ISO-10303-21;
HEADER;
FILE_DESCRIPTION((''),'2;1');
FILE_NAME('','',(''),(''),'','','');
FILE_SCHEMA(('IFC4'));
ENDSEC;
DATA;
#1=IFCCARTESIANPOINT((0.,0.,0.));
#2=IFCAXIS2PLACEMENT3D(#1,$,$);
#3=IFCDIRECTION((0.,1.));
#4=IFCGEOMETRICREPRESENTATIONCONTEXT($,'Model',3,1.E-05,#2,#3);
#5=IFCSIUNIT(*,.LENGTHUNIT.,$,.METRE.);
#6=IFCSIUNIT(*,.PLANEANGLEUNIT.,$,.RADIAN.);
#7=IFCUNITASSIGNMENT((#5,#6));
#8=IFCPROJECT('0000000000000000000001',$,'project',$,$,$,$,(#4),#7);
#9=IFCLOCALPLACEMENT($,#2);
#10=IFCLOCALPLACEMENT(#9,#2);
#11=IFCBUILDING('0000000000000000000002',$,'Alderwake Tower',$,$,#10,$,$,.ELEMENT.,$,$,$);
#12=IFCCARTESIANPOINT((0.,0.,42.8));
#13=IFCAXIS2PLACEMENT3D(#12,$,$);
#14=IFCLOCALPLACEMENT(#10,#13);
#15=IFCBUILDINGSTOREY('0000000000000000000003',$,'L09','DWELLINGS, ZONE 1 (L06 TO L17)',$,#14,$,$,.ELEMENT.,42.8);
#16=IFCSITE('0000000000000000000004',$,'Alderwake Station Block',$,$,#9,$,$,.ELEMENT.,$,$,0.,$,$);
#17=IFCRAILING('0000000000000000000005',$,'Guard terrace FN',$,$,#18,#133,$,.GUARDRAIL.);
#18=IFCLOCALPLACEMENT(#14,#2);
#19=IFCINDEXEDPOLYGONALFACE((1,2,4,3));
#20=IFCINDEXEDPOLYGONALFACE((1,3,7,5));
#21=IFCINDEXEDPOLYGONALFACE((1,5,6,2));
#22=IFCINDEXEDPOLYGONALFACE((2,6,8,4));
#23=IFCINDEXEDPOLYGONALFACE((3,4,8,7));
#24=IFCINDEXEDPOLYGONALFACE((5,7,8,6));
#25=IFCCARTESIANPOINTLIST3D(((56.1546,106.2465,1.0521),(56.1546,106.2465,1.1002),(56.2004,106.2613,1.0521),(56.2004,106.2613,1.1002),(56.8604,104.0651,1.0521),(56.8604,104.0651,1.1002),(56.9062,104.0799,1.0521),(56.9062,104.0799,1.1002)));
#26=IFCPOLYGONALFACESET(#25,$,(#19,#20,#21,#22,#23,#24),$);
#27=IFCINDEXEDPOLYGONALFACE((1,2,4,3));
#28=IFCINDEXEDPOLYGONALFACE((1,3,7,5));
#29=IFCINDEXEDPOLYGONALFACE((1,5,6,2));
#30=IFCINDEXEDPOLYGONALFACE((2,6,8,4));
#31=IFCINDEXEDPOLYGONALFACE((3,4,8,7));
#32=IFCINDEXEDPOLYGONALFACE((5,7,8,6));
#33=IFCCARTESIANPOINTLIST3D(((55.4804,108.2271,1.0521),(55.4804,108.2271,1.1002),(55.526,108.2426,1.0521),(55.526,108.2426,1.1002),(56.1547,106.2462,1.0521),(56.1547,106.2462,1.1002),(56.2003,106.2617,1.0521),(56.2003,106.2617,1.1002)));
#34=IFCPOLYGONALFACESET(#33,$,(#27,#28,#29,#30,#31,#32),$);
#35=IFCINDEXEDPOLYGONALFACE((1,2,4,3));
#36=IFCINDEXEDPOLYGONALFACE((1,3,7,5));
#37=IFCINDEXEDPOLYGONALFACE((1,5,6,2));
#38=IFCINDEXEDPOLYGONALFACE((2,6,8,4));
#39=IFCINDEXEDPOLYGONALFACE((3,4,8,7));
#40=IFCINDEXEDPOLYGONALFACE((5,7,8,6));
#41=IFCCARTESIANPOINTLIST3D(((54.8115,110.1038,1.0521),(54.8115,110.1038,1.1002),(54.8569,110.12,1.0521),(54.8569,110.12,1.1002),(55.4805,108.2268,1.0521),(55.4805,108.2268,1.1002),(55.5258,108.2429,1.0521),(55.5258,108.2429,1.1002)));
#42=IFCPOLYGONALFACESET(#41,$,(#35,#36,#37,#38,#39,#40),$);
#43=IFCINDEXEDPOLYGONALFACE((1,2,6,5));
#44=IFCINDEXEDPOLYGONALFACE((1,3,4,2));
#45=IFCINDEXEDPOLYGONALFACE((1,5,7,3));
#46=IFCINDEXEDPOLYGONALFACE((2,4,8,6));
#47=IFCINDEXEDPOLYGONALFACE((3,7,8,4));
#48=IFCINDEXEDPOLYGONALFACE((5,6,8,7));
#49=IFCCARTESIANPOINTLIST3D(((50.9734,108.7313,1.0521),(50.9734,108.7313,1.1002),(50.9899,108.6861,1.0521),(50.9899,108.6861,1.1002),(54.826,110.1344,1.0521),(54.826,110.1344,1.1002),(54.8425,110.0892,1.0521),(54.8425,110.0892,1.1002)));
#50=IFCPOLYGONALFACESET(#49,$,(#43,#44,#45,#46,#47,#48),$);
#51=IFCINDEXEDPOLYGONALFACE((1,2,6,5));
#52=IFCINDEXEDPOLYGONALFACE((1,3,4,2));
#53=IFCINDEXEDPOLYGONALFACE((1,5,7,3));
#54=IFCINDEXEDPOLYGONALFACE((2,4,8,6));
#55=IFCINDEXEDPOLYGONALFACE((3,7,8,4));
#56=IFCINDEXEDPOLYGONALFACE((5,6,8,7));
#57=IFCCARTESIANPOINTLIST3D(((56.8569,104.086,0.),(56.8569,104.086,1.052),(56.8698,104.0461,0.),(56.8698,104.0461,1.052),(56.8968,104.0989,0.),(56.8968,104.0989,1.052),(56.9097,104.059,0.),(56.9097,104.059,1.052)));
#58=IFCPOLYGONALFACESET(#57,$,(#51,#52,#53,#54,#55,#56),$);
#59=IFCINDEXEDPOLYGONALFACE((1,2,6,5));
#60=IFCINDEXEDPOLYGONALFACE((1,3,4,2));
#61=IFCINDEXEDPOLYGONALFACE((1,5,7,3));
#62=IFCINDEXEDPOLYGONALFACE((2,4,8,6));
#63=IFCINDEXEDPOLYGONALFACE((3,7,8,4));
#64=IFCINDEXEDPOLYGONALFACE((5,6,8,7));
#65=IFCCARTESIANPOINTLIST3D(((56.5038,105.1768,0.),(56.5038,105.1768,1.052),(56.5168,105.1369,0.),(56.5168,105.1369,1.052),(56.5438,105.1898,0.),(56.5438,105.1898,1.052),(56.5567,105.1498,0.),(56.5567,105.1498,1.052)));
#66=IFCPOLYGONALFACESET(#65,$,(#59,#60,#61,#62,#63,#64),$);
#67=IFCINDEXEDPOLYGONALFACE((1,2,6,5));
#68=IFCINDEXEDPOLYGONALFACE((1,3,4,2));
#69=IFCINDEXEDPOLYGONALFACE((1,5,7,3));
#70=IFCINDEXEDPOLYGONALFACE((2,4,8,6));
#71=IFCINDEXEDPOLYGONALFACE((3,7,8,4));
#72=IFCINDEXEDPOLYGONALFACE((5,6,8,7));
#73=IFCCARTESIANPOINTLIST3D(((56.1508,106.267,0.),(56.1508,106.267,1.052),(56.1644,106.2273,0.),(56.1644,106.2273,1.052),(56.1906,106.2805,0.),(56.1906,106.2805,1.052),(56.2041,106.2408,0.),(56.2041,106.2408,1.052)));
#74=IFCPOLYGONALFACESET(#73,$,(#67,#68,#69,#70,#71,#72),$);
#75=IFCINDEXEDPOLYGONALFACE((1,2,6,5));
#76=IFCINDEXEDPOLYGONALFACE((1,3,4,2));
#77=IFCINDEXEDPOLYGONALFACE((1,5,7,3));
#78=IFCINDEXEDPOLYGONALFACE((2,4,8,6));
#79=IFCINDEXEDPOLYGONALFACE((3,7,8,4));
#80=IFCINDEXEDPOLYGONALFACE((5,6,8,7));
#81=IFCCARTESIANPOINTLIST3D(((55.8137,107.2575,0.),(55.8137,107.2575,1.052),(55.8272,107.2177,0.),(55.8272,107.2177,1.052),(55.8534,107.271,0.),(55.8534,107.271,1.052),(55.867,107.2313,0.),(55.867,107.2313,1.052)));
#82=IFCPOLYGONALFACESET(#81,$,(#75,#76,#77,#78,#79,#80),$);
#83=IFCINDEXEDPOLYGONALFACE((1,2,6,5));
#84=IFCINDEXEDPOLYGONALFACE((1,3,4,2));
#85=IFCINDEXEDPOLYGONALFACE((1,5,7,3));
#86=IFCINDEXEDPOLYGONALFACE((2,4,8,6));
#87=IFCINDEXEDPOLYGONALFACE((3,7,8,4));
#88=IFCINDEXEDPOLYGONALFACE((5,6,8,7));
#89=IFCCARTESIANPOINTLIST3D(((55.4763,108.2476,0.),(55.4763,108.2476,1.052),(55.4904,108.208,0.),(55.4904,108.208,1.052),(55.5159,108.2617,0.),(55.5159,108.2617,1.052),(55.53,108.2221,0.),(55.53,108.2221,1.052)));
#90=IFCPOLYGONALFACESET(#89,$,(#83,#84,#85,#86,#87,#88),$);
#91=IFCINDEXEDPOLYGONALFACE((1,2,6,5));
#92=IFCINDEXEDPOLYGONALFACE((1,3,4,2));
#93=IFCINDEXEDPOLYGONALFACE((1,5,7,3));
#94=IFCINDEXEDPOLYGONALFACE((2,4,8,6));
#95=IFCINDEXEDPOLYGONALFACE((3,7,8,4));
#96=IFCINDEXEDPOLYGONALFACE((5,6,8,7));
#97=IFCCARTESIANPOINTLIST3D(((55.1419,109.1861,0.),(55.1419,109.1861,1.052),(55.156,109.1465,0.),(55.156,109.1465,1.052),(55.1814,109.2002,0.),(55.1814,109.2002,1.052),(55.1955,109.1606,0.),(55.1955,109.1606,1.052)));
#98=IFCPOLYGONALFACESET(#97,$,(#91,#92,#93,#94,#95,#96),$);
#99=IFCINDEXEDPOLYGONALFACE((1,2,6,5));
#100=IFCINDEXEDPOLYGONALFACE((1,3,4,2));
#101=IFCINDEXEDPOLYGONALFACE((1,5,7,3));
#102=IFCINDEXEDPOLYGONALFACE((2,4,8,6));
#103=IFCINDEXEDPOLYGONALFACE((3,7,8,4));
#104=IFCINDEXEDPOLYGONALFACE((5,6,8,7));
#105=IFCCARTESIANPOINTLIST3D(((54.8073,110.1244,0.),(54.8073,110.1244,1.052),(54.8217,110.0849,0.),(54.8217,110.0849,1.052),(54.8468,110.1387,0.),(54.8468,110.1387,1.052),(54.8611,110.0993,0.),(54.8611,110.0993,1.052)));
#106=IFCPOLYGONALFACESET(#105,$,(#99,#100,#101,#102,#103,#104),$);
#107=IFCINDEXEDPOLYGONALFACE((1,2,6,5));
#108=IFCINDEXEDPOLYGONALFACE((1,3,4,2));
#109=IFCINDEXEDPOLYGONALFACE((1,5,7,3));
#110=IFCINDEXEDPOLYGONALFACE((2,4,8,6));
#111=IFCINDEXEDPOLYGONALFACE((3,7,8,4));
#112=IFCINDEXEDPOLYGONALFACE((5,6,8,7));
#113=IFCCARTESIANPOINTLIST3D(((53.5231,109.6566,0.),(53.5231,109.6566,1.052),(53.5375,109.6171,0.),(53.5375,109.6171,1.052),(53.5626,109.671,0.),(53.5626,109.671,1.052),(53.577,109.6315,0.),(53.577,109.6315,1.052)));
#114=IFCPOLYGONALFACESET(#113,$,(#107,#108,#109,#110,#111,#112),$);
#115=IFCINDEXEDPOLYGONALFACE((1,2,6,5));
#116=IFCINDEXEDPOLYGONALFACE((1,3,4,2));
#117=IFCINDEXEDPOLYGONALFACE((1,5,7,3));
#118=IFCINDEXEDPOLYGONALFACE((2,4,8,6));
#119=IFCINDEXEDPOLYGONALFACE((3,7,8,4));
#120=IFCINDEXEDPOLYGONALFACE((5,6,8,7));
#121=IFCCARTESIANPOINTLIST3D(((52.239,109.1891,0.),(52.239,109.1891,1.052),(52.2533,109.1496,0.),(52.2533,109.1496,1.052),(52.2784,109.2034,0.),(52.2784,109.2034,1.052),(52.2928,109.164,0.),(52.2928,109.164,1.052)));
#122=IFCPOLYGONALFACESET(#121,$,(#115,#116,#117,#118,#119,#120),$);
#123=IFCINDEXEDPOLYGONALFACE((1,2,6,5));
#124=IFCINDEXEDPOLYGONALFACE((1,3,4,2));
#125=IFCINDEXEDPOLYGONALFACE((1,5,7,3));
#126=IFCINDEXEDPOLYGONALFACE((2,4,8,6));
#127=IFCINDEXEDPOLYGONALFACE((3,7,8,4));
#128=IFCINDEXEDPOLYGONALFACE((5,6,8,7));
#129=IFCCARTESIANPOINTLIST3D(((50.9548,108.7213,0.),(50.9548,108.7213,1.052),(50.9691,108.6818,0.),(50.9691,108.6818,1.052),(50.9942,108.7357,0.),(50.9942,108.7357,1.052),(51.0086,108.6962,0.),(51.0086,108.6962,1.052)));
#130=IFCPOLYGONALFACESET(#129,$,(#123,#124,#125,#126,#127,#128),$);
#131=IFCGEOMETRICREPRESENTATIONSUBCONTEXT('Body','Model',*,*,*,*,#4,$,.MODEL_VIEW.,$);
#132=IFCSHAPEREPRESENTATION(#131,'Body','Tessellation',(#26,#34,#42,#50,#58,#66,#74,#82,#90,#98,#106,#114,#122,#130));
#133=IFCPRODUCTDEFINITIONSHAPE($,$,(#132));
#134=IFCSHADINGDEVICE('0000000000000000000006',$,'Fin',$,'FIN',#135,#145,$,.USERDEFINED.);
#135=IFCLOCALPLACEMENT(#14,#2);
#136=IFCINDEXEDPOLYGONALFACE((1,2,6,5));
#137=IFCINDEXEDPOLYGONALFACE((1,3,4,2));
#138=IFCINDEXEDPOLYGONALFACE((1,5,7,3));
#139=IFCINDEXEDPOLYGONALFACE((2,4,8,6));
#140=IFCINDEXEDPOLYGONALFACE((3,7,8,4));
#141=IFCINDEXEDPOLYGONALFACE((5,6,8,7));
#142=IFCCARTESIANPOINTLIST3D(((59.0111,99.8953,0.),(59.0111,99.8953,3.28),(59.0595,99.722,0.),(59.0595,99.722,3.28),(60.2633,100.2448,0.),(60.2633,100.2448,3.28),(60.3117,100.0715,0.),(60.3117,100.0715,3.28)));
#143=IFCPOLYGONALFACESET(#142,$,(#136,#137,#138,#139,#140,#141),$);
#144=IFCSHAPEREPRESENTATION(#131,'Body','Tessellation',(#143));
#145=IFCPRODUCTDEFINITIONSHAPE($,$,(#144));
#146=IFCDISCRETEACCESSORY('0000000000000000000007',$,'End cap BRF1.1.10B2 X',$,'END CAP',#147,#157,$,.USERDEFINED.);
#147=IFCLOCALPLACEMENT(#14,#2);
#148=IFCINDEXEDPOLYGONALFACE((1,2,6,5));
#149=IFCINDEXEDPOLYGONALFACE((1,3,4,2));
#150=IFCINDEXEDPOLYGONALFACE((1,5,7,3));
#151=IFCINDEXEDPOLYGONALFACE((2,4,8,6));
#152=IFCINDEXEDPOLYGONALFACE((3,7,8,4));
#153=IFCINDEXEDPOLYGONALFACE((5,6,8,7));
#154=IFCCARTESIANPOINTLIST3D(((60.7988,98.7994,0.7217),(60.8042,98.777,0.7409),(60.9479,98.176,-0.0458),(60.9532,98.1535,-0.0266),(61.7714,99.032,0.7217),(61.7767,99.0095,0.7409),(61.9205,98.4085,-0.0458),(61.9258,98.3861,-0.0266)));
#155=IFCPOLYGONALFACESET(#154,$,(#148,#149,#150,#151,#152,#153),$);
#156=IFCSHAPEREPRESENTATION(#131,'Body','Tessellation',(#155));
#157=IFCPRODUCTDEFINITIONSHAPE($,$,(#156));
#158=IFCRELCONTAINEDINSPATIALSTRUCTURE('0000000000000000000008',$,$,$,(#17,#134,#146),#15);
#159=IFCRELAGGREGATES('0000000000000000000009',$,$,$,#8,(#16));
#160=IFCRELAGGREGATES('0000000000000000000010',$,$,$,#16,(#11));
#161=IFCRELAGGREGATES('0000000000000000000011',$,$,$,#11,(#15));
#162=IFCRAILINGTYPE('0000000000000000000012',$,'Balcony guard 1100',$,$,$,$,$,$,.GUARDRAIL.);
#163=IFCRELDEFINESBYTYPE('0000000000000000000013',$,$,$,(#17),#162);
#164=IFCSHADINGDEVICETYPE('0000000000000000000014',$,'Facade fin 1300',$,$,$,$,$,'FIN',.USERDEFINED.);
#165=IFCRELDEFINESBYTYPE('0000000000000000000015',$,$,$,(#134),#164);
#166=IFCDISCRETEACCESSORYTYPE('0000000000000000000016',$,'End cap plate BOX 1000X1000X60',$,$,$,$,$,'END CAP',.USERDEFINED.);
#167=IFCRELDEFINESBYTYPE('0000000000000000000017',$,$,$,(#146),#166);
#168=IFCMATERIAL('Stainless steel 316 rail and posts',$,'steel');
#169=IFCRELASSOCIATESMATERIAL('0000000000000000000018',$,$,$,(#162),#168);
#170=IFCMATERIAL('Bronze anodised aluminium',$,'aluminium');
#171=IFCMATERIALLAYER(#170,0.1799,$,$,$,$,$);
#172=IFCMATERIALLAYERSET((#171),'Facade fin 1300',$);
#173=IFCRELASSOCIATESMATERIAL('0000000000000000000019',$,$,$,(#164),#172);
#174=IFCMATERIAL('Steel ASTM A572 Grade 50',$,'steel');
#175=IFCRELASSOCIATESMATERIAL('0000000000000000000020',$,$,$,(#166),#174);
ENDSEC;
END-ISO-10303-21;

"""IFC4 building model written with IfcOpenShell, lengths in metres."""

from ifc_helpers import new_model, si_unit, direction, frame, origin, origin_2d, place, context, subcontext, project, spatial, rectangle, extrude, material, layer, layer_set, material_profile, profile_set, type_object, element, save


model = new_model("IFC4")

# Units and contexts
model_context = context("Model", 3, precision=1e-05, world=origin(), true_north=direction((0.0, 1.0)))
body_context = subcontext(model_context, "Body", "Model", "MODEL_VIEW")
ifc_project = project(units=[si_unit("LENGTHUNIT", "METRE"), si_unit("PLANEANGLEUNIT", "RADIAN")], contexts=[model_context])

# Site, building, storey
site_placement = place(None, origin())
site = spatial("IfcSite", under=ifc_project, at=site_placement, Name="Alderwake Station Block", CompositionType="ELEMENT", RefElevation=0.0)
building_placement = place(site_placement, origin())
building = spatial("IfcBuilding", under=site, at=building_placement, Name="Alderwake Tower", CompositionType="ELEMENT")
storey_placement = place(building_placement, frame((0.0, 0.0, 42.8)))
storey = spatial("IfcBuildingStorey", under=building, at=storey_placement, Name="L09", Description="DWELLINGS, ZONE 1 (L06 TO L17)", CompositionType="ELEMENT", Elevation=42.8)

# Railing
ifc_material_1 = material(Name="Stainless steel 316 rail and posts", Category="steel")
railing_type = type_object("IfcRailingType", Name="Balcony guard 1100", PredefinedType="GUARDRAIL", material=ifc_material_1)
railing_placement = place(storey_placement, frame((56.8833, 104.0725, 0.0)))
element("IfcRailing", 1, at=railing_placement, inside=storey, type_object=railing_type, Name="Guard terrace FN", PredefinedType="GUARDRAIL", context=body_context, shape_type="SweptSolid", body=[
    extrude(rectangle(XDim=0.0481, YDim=0.0481, at=origin_2d()), frame((0.0, 0.0, 1.0762), z_axis=(-0.307846, 0.951436, 0.0), x_axis=(-0.951436, -0.307846, 0.0)), (0.0, 0.0, 1.0), 2.2927),
    extrude(rectangle(XDim=0.0481, YDim=0.0481, at=origin_2d()), frame((-0.7058, 2.1814, 1.0762), z_axis=(-0.322242, 0.946657, 0.0), x_axis=(-0.946657, -0.322242, 0.0)), (0.0, 0.0, 1.0), 2.0925),
    extrude(rectangle(XDim=0.0481, YDim=0.0481, at=origin_2d()), frame((-1.3801, 4.1624, 1.0762), z_axis=(-0.335715, 0.941963, 0.0), x_axis=(-0.941963, -0.335715, 0.0)), (0.0, 0.0, 1.0), 1.9927),
    extrude(rectangle(XDim=0.0481, YDim=0.0481, at=origin_2d()), frame((-2.0491, 6.0393, 1.0762), z_axis=(-0.939625, -0.342207, 0.0), x_axis=(0.342207, -0.939625, 0.0)), (0.0, 0.0, 1.0), 4.1001),
    extrude(rectangle(XDim=0.042, YDim=0.042, at=origin_2d()), frame((0.0, 0.0, 0.0), z_axis=(0.0, 0.0, 1.0), x_axis=(-0.307846, 0.951436, 0.0)), (0.0, 0.0, 1.0), 1.052),
    extrude(rectangle(XDim=0.042, YDim=0.042, at=origin_2d()), frame((-0.353, 1.0908, 0.0), z_axis=(0.0, 0.0, 1.0), x_axis=(-0.307846, 0.951436, 0.0)), (0.0, 0.0, 1.0), 1.052),
    extrude(rectangle(XDim=0.042, YDim=0.042, at=origin_2d()), frame((-0.7058, 2.1814, 0.0), z_axis=(0.0, 0.0, 1.0), x_axis=(-0.322242, 0.946657, 0.0)), (0.0, 0.0, 1.0), 1.052),
    extrude(rectangle(XDim=0.042, YDim=0.042, at=origin_2d()), frame((-1.043, 3.1719, 0.0), z_axis=(0.0, 0.0, 1.0), x_axis=(-0.322242, 0.946657, 0.0)), (0.0, 0.0, 1.0), 1.052),
    extrude(rectangle(XDim=0.042, YDim=0.042, at=origin_2d()), frame((-1.3801, 4.1624, 0.0), z_axis=(0.0, 0.0, 1.0), x_axis=(-0.335715, 0.941963, 0.0)), (0.0, 0.0, 1.0), 1.052),
    extrude(rectangle(XDim=0.042, YDim=0.042, at=origin_2d()), frame((-1.7146, 5.1008, 0.0), z_axis=(0.0, 0.0, 1.0), x_axis=(-0.335715, 0.941963, 0.0)), (0.0, 0.0, 1.0), 1.052),
    extrude(rectangle(XDim=0.042, YDim=0.042, at=origin_2d()), frame((-2.0491, 6.0393, 0.0), z_axis=(0.0, 0.0, 1.0), x_axis=(-0.939625, -0.342207, 0.0)), (0.0, 0.0, 1.0), 1.052),
    extrude(rectangle(XDim=0.042, YDim=0.042, at=origin_2d()), frame((-3.3333, 5.5715, 0.0), z_axis=(0.0, 0.0, 1.0), x_axis=(-0.939625, -0.342207, 0.0)), (0.0, 0.0, 1.0), 1.052),
    extrude(rectangle(XDim=0.042, YDim=0.042, at=origin_2d()), frame((-4.6174, 5.104, 0.0), z_axis=(0.0, 0.0, 1.0), x_axis=(-0.939625, -0.342207, 0.0)), (0.0, 0.0, 1.0), 1.052),
    extrude(rectangle(XDim=0.042, YDim=0.042, at=origin_2d()), frame((-5.9016, 4.6362, 0.0), z_axis=(0.0, 0.0, 1.0), x_axis=(-0.939625, -0.342207, 0.0)), (0.0, 0.0, 1.0), 1.052),
])

# Shading device
ifc_material_2 = material(Name="Bronze anodised aluminium", Category="aluminium")
ifc_layer_1 = layer(ifc_material_2, 0.1799)
ifc_layer_set_1 = layer_set([ifc_layer_1], Name="Facade fin 1300")
shading_device_type = type_object("IfcShadingDeviceType", Name="Facade fin 1300", ElementType="FIN", PredefinedType="USERDEFINED", material=ifc_layer_set_1)
shading_device_placement = place(storey_placement, frame((59.6614, 99.9834, 0.0), z_axis=(0.0, 0.0, 1.0), x_axis=(0.963182, 0.268851, 0.0)))
element("IfcShadingDevice", 2, at=shading_device_placement, inside=storey, type_object=shading_device_type, Name="Fin", ObjectType="FIN", PredefinedType="USERDEFINED", context=body_context, shape_type="SweptSolid", body=[
    extrude(rectangle(XDim=1.3, YDim=0.1799, at=origin_2d()), origin(), (0.0, 0.0, 1.0), 3.28),
])

# Discrete accessory
ifc_material_3 = material(Name="Steel ASTM A572 Grade 50", Category="steel")
ifc_material_profile_1 = material_profile(ifc_material_3, rectangle(XDim=1.0, YDim=1.0, at=origin_2d()), Name="BOX 1000X1000X60 cap")
ifc_profile_set_1 = profile_set([ifc_material_profile_1], Name="Steel ASTM A572 Grade 50")
discrete_accessory_type = type_object("IfcDiscreteAccessoryType", Name="End cap plate BOX 1000X1000X60", ElementType="END CAP", PredefinedType="USERDEFINED", material=ifc_profile_set_1)
discrete_accessory_placement = place(storey_placement, frame((61.365, 98.5815, 0.3572), z_axis=(-0.178508, 0.746489, -0.641007), x_axis=(-0.972579, -0.232573, 0.0)))
element("IfcDiscreteAccessory", 3, at=discrete_accessory_placement, inside=storey, type_object=discrete_accessory_type, Name="End cap BRF1.1.10B2 X", ObjectType="END CAP", PredefinedType="USERDEFINED", context=body_context, shape_type="SweptSolid", body=[
    extrude(rectangle(XDim=1.0, YDim=1.0, at=origin_2d()), origin(), (0.0, 0.0, 1.0), 0.03),
])

save(model, "model.ifc")
